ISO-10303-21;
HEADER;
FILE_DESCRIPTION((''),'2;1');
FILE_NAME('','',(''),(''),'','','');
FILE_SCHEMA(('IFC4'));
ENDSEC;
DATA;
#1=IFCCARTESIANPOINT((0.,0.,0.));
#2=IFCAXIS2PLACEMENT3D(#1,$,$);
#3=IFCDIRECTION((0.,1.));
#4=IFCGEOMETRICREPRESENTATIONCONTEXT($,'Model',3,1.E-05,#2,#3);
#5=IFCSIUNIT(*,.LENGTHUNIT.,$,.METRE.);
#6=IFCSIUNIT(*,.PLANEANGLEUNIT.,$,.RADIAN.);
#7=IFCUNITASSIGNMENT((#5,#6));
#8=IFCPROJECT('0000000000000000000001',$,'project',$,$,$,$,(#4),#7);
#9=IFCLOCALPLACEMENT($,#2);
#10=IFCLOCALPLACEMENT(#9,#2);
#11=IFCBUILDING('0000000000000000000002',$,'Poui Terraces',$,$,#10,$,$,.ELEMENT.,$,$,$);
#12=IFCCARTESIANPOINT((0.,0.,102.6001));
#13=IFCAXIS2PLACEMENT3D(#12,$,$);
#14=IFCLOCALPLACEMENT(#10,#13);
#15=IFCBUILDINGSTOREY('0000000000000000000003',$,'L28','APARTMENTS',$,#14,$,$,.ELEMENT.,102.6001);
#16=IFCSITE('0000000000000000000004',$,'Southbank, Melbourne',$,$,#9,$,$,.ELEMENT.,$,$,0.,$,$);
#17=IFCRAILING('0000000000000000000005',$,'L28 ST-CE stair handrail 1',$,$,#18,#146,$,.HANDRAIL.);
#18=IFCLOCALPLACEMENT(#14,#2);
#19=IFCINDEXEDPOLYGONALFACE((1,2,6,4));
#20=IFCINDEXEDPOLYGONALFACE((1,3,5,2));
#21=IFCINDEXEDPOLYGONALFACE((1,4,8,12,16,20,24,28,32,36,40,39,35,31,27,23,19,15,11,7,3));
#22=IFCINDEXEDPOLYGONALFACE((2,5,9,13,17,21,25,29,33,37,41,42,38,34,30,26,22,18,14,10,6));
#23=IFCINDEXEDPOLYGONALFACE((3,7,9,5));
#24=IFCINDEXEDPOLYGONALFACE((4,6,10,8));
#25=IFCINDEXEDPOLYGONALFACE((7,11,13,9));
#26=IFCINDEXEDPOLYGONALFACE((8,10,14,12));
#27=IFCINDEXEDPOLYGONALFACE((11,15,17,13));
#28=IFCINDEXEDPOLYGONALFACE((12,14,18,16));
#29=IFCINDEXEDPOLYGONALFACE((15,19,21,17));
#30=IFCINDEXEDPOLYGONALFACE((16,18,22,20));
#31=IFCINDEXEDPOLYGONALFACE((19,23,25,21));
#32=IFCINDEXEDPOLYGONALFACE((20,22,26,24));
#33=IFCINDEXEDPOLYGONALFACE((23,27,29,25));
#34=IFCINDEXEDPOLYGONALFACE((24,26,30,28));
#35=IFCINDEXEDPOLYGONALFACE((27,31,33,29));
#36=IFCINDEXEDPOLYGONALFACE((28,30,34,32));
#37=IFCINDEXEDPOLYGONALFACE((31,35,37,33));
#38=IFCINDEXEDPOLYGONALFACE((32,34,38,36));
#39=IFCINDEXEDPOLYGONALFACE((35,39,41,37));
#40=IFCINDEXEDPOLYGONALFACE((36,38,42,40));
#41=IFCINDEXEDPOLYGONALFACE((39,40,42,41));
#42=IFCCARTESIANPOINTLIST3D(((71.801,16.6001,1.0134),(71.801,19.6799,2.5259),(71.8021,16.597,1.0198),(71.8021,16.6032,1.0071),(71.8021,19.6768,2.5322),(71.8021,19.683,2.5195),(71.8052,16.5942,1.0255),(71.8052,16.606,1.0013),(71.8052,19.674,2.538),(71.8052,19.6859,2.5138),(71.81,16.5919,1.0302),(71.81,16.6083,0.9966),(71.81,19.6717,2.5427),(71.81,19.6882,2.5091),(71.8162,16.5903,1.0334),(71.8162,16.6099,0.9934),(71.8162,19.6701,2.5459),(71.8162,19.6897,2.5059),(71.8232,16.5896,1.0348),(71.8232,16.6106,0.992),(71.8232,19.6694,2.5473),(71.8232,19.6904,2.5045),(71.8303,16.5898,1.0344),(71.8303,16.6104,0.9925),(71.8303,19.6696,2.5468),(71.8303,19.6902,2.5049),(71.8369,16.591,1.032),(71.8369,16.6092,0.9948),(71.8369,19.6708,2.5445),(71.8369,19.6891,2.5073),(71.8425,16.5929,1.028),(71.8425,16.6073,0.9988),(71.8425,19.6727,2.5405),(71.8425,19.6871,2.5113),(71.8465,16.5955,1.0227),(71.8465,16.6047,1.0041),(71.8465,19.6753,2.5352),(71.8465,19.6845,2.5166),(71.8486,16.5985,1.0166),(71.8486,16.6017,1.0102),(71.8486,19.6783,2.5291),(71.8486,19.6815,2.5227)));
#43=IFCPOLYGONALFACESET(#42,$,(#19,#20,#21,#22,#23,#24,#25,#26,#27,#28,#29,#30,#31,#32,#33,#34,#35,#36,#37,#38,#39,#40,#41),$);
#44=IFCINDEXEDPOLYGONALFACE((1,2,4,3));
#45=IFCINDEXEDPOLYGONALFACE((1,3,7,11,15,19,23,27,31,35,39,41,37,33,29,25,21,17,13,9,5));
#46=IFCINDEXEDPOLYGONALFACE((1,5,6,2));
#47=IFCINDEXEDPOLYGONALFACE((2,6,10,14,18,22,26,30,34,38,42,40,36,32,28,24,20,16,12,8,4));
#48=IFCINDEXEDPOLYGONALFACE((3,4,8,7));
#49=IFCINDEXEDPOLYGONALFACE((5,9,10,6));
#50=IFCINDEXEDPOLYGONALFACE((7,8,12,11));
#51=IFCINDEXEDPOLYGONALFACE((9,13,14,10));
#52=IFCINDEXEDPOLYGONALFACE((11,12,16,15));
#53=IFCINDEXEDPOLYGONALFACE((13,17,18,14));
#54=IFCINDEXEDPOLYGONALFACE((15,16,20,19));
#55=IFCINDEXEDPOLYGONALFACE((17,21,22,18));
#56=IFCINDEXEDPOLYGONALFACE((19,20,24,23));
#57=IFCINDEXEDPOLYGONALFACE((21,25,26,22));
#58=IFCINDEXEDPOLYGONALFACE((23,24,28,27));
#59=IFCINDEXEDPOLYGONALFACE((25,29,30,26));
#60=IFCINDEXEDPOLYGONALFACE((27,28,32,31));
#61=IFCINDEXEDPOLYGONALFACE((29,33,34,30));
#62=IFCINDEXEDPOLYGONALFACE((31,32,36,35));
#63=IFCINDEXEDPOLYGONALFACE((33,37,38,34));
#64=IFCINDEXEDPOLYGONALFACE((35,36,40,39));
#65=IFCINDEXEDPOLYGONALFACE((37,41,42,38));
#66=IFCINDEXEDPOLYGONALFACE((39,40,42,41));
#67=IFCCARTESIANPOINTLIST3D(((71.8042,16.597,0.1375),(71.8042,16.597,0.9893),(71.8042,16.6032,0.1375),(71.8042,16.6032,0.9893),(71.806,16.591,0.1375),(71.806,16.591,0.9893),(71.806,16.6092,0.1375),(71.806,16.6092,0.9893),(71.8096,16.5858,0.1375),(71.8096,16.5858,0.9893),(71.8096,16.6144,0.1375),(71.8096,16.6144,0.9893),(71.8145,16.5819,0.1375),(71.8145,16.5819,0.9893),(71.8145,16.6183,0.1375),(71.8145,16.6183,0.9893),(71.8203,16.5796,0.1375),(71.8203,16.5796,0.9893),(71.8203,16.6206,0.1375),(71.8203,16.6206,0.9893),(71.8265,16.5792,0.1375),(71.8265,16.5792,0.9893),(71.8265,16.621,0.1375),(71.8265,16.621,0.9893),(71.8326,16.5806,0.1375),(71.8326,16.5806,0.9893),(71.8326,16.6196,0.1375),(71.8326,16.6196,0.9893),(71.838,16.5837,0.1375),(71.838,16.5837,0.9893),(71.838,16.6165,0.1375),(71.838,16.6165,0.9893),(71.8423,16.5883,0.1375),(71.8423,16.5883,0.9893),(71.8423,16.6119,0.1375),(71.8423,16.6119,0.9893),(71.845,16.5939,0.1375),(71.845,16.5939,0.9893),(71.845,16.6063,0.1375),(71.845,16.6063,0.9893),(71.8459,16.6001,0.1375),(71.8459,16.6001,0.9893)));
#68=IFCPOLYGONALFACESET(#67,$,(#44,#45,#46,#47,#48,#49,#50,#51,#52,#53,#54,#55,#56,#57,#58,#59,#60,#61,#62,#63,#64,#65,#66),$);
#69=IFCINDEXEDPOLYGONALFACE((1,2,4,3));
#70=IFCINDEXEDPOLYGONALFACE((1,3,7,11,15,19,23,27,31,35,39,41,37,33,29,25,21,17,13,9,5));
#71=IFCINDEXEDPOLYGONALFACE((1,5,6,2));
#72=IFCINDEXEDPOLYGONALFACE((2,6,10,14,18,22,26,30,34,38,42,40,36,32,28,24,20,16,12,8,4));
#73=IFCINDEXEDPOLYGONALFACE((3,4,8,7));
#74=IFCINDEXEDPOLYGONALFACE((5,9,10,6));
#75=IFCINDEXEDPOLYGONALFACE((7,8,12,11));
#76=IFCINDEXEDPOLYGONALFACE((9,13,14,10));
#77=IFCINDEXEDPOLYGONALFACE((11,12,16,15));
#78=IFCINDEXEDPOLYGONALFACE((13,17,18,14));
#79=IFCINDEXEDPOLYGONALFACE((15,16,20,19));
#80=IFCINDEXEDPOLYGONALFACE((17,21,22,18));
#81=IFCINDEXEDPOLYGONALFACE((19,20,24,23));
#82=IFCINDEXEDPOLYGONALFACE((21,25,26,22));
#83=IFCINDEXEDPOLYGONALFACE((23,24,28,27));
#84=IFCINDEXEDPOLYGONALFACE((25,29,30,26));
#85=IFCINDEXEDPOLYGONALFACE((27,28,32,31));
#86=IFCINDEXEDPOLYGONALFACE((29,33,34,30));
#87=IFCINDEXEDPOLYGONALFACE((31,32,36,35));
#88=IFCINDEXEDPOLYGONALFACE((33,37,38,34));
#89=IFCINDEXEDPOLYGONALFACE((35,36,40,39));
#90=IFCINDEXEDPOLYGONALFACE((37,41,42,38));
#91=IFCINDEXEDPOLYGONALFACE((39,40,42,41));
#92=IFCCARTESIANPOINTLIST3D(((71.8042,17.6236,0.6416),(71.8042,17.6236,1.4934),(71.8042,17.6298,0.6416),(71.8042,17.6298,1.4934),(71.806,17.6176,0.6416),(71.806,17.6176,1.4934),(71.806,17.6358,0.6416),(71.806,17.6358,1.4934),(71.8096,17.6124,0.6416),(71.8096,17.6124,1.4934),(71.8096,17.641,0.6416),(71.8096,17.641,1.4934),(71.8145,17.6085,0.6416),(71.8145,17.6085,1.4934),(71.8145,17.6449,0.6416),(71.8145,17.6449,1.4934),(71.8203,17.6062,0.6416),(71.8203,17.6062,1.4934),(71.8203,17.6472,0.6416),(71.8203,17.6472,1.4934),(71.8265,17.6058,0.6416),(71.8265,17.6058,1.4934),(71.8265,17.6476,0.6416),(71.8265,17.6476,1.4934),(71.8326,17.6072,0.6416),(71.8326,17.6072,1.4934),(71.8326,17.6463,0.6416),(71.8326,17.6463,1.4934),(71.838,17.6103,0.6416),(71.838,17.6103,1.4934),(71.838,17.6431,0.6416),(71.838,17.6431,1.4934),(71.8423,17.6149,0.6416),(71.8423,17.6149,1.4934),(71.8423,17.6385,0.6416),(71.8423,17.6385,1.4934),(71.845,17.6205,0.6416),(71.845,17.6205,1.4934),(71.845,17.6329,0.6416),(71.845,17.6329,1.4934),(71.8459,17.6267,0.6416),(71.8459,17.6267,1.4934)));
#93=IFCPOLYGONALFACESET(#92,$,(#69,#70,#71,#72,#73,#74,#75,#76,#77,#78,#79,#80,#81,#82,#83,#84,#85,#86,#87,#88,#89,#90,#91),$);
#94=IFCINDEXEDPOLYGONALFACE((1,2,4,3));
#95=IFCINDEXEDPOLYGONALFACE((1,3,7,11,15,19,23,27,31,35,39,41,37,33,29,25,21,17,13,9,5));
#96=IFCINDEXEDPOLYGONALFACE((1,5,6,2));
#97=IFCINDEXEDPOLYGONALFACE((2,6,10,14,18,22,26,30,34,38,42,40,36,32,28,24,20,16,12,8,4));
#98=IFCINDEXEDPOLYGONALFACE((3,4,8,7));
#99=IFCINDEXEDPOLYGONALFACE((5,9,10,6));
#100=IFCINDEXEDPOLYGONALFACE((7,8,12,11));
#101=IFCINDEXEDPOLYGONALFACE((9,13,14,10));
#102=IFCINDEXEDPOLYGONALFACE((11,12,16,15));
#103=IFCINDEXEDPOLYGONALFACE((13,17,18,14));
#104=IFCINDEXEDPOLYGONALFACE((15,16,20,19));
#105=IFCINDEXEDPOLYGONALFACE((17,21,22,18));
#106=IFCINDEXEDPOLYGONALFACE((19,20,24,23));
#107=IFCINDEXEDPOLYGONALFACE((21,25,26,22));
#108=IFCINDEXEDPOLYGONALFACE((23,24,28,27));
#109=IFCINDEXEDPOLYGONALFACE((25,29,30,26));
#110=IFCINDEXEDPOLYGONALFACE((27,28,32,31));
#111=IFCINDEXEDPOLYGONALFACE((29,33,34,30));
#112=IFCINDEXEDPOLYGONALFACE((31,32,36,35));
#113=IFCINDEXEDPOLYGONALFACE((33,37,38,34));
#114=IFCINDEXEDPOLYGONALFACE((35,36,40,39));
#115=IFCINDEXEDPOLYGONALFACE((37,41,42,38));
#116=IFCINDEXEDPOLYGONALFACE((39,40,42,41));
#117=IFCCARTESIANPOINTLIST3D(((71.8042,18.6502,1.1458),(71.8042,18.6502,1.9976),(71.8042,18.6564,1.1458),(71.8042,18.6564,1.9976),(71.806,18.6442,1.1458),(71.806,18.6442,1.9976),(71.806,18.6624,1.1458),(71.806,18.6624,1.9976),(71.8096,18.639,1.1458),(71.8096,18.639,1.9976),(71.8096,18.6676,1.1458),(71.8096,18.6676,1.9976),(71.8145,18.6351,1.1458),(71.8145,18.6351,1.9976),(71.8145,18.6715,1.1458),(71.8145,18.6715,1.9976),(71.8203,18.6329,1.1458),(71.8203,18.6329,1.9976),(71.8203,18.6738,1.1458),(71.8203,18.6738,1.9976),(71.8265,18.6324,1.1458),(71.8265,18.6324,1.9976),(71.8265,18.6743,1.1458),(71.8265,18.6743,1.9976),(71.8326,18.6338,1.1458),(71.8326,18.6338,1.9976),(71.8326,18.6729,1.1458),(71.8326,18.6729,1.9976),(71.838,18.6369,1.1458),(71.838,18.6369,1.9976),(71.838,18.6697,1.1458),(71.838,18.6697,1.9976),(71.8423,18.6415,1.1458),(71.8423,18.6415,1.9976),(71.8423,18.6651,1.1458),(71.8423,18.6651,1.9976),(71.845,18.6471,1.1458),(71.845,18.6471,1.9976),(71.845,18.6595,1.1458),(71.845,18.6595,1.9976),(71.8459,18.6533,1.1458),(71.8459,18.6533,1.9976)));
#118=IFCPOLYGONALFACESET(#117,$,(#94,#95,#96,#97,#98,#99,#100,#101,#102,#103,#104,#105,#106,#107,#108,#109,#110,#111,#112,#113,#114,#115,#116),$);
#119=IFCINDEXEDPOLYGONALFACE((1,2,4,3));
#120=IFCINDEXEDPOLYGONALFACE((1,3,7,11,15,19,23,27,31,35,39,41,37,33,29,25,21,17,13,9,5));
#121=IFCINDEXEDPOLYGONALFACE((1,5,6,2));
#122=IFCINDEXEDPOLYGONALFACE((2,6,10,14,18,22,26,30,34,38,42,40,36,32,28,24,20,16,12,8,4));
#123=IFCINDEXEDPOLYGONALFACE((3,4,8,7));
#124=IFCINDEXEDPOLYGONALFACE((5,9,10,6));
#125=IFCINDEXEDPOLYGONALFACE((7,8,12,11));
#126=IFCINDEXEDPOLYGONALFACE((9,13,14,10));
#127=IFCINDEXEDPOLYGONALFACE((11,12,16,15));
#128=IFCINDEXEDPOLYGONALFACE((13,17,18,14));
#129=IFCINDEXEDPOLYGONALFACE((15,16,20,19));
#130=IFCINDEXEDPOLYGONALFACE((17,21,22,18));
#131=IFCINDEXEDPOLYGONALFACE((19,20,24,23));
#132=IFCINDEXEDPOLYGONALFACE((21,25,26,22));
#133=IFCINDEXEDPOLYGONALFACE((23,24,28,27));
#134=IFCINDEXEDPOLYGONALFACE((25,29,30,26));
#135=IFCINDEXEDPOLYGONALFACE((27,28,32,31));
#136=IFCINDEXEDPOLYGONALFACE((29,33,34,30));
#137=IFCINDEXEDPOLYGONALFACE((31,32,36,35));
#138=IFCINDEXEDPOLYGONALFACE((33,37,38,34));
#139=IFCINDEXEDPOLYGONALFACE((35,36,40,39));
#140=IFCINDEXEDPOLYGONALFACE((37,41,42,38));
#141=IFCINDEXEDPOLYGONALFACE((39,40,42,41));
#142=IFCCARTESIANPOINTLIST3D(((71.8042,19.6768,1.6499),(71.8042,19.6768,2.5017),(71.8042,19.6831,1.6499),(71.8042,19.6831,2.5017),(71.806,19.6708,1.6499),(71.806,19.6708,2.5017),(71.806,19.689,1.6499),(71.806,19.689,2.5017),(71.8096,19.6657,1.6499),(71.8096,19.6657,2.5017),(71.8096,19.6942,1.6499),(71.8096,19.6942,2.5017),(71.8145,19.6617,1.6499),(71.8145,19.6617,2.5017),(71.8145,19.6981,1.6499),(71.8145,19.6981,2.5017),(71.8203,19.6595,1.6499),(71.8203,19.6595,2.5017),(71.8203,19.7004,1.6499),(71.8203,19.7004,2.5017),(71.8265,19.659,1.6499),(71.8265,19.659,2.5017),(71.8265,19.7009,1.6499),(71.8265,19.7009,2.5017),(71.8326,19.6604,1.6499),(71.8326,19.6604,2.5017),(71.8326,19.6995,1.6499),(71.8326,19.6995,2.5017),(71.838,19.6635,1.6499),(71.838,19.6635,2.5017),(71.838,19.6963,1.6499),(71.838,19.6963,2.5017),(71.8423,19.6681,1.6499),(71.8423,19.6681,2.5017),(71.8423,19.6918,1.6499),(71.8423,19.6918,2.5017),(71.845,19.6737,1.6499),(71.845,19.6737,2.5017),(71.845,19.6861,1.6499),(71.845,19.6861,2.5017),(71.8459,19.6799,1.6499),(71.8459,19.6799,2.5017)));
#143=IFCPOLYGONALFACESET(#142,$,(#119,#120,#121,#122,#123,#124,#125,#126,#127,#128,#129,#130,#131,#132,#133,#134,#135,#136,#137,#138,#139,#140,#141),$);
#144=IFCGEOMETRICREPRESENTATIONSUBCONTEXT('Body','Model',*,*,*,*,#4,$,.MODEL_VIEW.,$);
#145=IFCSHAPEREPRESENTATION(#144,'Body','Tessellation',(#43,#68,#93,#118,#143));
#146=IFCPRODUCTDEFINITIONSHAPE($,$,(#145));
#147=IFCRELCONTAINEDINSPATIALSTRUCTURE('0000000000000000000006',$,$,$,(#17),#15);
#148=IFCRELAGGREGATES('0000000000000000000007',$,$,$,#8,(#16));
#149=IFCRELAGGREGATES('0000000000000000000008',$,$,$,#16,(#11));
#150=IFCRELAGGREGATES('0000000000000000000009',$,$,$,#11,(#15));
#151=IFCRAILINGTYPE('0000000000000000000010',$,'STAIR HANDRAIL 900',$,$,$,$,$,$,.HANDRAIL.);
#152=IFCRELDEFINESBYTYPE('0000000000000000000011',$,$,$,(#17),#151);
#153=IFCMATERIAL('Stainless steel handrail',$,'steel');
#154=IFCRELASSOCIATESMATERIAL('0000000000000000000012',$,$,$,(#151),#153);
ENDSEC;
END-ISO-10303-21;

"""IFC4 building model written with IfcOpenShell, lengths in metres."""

from ifc_helpers import new_model, si_unit, direction, frame, origin, origin_2d, place, context, subcontext, project, spatial, circle, extrude, material, type_object, element, save


model = new_model("IFC4")

# Units and contexts
model_context = context("Model", 3, precision=1e-05, world=origin(), true_north=direction((0.0, 1.0)))
body_context = subcontext(model_context, "Body", "Model", "MODEL_VIEW")
ifc_project = project(units=[si_unit("LENGTHUNIT", "METRE"), si_unit("PLANEANGLEUNIT", "RADIAN")], contexts=[model_context])

# Site, building, storey
site_placement = place(None, origin())
site = spatial("IfcSite", under=ifc_project, at=site_placement, Name="Southbank, Melbourne", CompositionType="ELEMENT", RefElevation=0.0)
building_placement = place(site_placement, origin())
building = spatial("IfcBuilding", under=site, at=building_placement, Name="Poui Terraces", CompositionType="ELEMENT")
storey_placement = place(building_placement, frame((0.0, 0.0, 102.6001)))
storey = spatial("IfcBuildingStorey", under=building, at=storey_placement, Name="L28", Description="APARTMENTS", CompositionType="ELEMENT", Elevation=102.6001)

# Railing
ifc_material_1 = material(Name="Stainless steel handrail", Category="steel")
railing_type_1 = type_object("IfcRailingType", Name="STAIR HANDRAIL 900", PredefinedType="HANDRAIL", material=ifc_material_1)
railing_1_placement = place(storey_placement, frame((71.825, 16.6001, 0.1375)))
element("IfcRailing", 1, at=railing_1_placement, inside=storey, type_object=railing_type_1, Name="L28 ST-CE stair handrail 1", PredefinedType="HANDRAIL", context=body_context, shape_type="SweptSolid", body=[
    extrude(circle(Radius=0.0239, at=origin_2d()), frame((0.0, 0.0, 0.876), z_axis=(0.0, 0.897606, 0.440798), x_axis=(-1.0, 0.0, 0.0)), (0.0, 0.0, 1.0), 3.4312),
    extrude(circle(Radius=0.021, at=origin_2d()), origin(), (0.0, 0.0, 1.0), 0.8518),
    extrude(circle(Radius=0.021, at=origin_2d()), frame((0.0, 1.0266, 0.5042)), (0.0, 0.0, 1.0), 0.8518),
    extrude(circle(Radius=0.021, at=origin_2d()), frame((0.0, 2.0532, 1.0083)), (0.0, 0.0, 1.0), 0.8518),
    extrude(circle(Radius=0.021, at=origin_2d()), frame((0.0, 3.0798, 1.5125)), (0.0, 0.0, 1.0), 0.8518),
])

save(model, "model.ifc")
